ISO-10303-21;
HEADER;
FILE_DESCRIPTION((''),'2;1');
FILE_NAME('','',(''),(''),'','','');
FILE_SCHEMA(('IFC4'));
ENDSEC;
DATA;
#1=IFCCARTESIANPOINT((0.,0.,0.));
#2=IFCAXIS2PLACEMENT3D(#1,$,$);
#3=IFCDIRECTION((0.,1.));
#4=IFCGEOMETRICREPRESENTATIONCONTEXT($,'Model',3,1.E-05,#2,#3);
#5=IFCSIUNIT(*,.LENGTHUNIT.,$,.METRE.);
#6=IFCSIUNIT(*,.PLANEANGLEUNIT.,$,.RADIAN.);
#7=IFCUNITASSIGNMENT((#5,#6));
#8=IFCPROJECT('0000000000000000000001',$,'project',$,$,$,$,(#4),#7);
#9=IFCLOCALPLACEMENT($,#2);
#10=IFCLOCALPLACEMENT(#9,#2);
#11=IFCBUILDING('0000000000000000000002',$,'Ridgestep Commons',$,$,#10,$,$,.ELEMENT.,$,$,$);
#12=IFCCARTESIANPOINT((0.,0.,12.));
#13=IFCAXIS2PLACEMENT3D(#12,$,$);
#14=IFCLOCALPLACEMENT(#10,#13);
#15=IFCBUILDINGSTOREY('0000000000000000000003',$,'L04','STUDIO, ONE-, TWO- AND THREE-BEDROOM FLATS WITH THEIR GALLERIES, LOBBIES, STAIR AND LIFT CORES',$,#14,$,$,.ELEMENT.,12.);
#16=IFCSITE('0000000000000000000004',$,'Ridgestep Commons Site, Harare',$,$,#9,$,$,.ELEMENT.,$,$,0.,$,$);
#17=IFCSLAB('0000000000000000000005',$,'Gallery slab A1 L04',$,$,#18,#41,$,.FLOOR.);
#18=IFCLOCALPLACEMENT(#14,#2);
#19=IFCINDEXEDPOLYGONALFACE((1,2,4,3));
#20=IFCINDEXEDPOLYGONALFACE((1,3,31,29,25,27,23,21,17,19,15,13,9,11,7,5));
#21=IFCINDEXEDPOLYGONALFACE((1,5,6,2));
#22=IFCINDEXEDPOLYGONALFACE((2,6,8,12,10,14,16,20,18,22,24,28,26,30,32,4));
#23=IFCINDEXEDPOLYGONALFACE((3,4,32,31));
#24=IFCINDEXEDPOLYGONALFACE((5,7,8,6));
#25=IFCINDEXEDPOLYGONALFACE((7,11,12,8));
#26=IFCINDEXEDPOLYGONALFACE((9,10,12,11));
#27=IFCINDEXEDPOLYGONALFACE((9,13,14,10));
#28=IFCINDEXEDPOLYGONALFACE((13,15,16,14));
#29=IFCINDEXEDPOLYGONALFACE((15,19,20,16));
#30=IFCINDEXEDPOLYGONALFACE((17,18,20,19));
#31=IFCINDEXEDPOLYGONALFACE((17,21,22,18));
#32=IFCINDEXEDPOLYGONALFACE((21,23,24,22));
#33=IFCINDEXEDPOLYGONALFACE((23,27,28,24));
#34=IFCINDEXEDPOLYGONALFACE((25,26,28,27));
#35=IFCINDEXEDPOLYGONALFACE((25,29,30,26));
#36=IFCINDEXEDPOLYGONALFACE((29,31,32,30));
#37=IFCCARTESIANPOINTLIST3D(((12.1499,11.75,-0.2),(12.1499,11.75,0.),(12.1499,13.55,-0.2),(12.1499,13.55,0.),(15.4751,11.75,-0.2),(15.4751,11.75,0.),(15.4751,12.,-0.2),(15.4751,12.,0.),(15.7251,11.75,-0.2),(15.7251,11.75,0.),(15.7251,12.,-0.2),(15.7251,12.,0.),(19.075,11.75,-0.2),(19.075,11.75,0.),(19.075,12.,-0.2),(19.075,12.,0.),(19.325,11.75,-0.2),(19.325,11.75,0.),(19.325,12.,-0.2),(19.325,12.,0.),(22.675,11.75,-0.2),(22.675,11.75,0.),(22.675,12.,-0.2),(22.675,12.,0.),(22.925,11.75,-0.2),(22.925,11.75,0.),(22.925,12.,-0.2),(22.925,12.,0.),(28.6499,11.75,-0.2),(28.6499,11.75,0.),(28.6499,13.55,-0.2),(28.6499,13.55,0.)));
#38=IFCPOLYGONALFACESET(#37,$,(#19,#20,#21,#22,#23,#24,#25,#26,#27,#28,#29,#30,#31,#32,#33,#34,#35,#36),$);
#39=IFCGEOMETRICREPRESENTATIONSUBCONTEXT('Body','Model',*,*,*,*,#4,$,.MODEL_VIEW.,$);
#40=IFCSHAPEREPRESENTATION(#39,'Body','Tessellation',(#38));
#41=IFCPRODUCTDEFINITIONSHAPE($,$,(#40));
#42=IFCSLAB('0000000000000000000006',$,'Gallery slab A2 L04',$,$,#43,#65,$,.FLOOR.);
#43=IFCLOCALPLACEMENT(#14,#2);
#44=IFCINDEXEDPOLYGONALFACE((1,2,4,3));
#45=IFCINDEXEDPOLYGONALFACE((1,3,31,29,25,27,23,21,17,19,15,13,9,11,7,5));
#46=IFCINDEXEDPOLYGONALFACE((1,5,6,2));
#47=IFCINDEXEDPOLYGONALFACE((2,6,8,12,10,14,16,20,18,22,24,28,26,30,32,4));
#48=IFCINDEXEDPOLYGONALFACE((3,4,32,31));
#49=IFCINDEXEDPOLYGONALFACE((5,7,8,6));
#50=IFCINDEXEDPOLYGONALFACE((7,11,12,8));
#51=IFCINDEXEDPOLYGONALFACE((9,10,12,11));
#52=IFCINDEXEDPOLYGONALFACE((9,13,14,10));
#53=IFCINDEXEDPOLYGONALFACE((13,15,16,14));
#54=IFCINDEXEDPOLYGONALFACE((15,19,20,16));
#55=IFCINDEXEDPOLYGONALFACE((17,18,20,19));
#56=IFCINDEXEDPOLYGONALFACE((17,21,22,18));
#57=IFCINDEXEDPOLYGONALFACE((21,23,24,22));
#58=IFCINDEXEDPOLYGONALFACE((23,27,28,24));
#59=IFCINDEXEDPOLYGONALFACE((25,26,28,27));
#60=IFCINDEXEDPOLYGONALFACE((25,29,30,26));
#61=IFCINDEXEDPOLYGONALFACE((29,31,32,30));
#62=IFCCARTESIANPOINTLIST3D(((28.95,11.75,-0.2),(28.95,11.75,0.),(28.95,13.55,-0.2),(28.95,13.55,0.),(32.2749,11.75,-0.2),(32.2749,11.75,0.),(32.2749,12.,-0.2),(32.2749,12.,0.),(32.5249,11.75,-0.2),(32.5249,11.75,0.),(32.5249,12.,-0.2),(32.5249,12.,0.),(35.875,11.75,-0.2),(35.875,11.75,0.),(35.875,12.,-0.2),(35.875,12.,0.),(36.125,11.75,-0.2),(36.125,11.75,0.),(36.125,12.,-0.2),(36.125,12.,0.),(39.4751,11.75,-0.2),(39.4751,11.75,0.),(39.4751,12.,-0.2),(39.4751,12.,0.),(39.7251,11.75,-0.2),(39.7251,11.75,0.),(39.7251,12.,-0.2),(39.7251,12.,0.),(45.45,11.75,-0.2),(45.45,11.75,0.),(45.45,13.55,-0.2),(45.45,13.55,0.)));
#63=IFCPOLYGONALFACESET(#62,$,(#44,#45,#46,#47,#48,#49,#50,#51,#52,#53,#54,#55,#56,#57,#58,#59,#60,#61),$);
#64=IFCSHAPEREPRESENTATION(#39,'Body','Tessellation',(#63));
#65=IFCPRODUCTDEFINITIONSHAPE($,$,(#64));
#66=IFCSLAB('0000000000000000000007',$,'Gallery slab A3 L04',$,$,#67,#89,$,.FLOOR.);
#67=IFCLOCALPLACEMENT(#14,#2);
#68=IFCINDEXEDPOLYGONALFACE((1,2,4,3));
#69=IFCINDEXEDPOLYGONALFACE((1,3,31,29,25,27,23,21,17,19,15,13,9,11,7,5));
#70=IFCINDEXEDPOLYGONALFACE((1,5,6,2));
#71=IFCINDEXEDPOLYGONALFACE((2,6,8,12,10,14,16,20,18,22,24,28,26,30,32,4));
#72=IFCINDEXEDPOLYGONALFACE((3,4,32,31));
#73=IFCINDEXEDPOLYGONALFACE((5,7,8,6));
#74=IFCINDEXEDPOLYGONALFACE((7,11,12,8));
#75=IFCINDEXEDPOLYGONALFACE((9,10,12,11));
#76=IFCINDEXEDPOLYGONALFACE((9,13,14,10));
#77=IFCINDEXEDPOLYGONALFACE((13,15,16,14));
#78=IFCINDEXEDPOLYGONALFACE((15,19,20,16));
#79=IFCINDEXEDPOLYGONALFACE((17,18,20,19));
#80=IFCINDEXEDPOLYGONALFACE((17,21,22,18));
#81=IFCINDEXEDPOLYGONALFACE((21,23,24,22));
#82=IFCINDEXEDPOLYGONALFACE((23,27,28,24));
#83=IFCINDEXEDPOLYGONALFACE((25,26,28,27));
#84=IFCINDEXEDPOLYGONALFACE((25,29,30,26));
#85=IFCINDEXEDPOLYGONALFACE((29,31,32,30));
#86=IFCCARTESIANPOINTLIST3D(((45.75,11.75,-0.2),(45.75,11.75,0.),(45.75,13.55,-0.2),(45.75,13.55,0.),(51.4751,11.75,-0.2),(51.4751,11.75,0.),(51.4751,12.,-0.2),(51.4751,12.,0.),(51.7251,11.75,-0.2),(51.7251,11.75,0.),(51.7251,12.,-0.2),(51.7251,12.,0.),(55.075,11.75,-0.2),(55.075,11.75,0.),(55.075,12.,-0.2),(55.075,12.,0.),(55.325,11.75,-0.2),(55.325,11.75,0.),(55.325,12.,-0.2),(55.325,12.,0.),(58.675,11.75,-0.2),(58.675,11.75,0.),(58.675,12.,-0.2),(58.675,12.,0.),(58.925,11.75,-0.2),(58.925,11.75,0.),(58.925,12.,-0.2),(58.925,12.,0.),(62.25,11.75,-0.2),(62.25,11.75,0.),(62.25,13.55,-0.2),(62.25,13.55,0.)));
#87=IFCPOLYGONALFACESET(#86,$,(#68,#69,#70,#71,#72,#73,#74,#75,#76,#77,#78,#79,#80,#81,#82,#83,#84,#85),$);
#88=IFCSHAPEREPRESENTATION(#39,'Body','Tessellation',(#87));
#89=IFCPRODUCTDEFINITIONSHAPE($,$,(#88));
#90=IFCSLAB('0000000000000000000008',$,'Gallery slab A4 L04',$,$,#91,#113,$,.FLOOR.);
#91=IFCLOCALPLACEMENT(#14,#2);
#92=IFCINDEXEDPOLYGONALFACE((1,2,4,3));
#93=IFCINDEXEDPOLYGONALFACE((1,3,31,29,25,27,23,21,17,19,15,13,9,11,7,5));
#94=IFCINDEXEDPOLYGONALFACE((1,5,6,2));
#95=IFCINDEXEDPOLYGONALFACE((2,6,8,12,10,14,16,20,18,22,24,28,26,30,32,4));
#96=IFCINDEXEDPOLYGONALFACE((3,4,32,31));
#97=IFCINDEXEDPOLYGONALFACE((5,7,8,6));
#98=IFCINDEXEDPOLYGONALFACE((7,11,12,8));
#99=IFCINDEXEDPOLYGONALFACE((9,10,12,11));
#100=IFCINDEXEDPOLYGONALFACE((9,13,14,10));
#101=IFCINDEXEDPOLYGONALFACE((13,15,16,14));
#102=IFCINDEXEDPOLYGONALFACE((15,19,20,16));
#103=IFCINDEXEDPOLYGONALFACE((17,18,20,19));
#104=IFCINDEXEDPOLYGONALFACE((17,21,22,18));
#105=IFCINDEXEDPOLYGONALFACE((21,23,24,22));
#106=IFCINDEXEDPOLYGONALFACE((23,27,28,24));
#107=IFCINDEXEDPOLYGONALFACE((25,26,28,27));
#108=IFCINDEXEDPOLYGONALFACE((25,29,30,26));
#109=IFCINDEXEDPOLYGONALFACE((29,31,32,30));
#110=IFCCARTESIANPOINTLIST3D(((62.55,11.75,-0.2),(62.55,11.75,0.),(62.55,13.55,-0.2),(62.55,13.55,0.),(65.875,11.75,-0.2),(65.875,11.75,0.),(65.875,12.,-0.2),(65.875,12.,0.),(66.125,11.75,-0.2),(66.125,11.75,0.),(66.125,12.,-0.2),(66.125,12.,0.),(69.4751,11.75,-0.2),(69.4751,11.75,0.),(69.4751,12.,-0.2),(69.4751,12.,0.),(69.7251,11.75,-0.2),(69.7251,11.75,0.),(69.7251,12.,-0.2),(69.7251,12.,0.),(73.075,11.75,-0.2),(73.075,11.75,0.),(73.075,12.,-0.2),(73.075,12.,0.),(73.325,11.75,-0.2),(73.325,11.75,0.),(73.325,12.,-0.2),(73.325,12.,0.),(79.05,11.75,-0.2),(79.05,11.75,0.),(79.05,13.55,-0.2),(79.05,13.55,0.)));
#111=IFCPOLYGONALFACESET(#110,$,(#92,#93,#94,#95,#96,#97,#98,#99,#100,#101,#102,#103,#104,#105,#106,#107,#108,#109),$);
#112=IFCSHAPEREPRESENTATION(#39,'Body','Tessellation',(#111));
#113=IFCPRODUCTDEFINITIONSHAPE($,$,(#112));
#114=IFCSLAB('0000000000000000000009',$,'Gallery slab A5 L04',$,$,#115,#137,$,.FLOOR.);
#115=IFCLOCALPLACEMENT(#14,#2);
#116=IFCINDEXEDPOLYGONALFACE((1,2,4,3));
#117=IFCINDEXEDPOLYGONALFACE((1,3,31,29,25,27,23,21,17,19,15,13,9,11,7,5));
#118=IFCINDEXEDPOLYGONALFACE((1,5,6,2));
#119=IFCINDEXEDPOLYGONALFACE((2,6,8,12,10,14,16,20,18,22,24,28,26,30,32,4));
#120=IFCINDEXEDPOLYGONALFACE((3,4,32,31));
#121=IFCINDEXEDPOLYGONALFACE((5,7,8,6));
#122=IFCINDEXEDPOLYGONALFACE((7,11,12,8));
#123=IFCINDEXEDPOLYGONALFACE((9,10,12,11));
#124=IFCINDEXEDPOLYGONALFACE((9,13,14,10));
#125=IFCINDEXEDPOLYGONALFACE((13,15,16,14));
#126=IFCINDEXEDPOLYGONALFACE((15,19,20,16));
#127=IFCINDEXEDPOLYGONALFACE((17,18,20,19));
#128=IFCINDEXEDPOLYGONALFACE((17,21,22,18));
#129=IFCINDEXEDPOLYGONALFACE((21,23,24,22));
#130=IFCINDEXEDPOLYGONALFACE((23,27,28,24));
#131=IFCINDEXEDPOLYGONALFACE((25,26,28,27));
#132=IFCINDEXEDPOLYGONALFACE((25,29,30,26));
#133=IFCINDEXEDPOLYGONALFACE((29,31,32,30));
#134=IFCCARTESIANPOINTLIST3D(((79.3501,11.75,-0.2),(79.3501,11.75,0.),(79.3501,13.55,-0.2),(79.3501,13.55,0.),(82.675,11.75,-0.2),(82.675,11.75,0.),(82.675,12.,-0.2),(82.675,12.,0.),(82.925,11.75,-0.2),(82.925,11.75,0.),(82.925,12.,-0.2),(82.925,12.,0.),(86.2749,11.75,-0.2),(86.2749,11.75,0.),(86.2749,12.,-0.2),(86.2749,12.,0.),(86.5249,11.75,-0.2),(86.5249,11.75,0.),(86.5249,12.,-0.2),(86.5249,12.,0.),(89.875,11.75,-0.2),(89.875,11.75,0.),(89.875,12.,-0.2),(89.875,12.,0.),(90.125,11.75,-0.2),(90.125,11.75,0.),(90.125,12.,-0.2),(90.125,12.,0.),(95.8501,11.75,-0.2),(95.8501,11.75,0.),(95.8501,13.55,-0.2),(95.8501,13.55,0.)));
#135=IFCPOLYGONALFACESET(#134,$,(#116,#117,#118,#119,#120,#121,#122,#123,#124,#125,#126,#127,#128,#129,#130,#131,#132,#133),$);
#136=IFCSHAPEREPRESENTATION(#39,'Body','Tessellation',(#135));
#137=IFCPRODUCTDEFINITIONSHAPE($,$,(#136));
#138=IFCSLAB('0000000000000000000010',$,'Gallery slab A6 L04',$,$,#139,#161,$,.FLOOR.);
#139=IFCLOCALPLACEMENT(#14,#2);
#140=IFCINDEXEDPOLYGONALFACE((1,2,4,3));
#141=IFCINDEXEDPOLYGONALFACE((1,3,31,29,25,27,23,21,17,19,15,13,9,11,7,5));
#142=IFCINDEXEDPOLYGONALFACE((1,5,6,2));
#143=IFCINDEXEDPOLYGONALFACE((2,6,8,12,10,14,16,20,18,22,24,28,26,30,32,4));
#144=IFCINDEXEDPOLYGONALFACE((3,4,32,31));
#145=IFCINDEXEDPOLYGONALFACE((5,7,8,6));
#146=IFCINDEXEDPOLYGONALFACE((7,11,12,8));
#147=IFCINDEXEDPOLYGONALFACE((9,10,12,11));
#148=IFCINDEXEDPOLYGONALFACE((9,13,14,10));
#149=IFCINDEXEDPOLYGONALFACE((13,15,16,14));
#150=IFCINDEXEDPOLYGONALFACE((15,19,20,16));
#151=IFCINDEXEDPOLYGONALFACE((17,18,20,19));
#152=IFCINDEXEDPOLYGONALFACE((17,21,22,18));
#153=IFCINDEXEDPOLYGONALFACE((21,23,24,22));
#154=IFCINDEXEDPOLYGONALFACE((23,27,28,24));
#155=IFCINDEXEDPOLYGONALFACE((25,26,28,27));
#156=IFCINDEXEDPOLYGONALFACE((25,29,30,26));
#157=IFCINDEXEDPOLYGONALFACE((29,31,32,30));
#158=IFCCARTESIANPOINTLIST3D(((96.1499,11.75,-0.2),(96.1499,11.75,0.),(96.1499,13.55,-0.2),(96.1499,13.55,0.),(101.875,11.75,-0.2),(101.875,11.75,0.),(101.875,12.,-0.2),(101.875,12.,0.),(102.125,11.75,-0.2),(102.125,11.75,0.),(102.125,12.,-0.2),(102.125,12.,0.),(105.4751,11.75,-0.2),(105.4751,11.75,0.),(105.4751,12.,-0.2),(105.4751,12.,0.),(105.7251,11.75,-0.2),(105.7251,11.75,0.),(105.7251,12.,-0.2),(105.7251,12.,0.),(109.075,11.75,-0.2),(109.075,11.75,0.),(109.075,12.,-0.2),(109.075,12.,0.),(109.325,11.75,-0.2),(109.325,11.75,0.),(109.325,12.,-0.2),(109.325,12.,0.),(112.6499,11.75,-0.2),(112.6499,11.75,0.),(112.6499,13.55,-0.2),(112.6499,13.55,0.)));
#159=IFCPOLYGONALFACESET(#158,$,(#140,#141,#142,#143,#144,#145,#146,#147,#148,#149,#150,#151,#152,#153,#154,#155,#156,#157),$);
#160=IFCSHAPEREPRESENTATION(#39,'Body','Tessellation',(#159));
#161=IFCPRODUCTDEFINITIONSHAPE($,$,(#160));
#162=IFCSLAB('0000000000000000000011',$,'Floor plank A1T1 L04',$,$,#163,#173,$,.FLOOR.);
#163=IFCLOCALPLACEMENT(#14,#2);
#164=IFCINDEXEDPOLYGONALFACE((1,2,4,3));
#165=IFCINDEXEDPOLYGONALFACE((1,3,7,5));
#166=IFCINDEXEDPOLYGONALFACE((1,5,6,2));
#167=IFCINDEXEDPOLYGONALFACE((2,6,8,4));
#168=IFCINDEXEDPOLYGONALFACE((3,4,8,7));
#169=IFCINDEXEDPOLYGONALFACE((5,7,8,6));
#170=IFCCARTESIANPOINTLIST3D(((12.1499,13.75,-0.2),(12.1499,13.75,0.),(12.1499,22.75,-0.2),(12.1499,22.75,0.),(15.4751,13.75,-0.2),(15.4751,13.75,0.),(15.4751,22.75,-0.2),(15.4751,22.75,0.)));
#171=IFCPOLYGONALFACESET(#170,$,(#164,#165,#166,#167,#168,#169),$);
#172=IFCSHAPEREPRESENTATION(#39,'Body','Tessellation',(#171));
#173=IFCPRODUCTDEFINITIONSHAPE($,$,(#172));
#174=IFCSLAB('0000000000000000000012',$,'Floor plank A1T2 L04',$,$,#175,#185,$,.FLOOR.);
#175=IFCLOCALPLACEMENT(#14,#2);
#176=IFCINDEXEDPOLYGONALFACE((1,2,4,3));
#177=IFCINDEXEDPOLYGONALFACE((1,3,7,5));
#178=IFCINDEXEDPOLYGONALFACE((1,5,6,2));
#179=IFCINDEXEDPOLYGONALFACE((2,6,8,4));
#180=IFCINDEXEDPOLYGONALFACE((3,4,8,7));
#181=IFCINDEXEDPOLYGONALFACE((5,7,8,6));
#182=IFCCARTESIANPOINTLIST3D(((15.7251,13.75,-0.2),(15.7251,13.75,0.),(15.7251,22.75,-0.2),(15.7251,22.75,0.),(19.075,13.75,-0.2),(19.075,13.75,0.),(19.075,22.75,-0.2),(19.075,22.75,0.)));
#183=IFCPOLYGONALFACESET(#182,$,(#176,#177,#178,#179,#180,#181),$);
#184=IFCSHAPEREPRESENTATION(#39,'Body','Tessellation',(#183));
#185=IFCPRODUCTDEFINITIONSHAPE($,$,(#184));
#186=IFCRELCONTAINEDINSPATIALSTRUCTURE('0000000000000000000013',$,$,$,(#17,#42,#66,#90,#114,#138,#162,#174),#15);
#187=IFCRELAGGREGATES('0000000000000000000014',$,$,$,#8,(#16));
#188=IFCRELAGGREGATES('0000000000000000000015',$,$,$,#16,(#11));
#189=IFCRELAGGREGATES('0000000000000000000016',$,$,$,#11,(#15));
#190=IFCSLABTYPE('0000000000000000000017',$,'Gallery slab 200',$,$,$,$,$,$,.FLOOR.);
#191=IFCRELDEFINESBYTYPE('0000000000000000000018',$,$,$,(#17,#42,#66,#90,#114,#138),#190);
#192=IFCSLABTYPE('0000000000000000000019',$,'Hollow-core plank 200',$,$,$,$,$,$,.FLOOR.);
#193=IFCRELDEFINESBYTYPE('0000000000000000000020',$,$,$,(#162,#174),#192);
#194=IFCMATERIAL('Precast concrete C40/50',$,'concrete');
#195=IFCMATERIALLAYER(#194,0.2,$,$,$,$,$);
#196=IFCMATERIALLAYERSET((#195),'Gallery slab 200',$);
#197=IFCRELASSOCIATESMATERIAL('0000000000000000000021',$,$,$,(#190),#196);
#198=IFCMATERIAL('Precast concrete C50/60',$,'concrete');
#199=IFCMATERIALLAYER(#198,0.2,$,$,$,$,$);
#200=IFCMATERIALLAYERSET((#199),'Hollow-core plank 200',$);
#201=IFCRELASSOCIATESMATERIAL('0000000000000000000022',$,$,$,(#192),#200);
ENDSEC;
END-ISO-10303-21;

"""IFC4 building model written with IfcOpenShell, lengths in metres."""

from ifc_helpers import new_model, si_unit, direction, frame, origin, place, context, subcontext, project, spatial, polyline, outline, extrude, material, layer, layer_set, type_object, element, save


model = new_model("IFC4")

# Units and contexts
model_context = context("Model", 3, precision=1e-05, world=origin(), true_north=direction((0.0, 1.0)))
body_context = subcontext(model_context, "Body", "Model", "MODEL_VIEW")
ifc_project = project(units=[si_unit("LENGTHUNIT", "METRE"), si_unit("PLANEANGLEUNIT", "RADIAN")], contexts=[model_context])

# Site, building, storey
site_placement = place(None, origin())
site = spatial("IfcSite", under=ifc_project, at=site_placement, Name="Ridgestep Commons Site, Harare", CompositionType="ELEMENT", RefElevation=0.0)
building_placement = place(site_placement, origin())
building = spatial("IfcBuilding", under=site, at=building_placement, Name="Ridgestep Commons", CompositionType="ELEMENT")
storey_placement = place(building_placement, frame((0.0, 0.0, 12.0)))
storey = spatial("IfcBuildingStorey", under=building, at=storey_placement, Name="L04", Description="STUDIO, ONE-, TWO- AND THREE-BEDROOM FLATS WITH THEIR GALLERIES, LOBBIES, STAIR AND LIFT CORES", CompositionType="ELEMENT", Elevation=12.0)

# Slabs
ifc_material_1 = material(Name="Precast concrete C40/50", Category="concrete")
ifc_layer_1 = layer(ifc_material_1, 0.2)
ifc_layer_set_1 = layer_set([ifc_layer_1], Name="Gallery slab 200")
slab_type_1 = type_object("IfcSlabType", Name="Gallery slab 200", PredefinedType="FLOOR", material=ifc_layer_set_1)
slab_1_placement = place(storey_placement, frame((0.0, 0.0, -0.2)))
element("IfcSlab", 1, at=slab_1_placement, inside=storey, type_object=slab_type_1, Name="Gallery slab A1 L04", PredefinedType="FLOOR", context=body_context, shape_type="SweptSolid", body=[
    extrude(outline(polyline([(28.6499, 13.55), (12.1499, 13.55), (12.1499, 11.75), (15.4751, 11.75), (15.4751, 12.0), (15.7251, 12.0), (15.7251, 11.75), (19.075, 11.75), (19.075, 12.0), (19.325, 12.0), (19.325, 11.75), (22.675, 11.75), (22.675, 12.0), (22.925, 12.0), (22.925, 11.75), (28.6499, 11.75), (28.6499, 13.55)])), origin(), (0.0, 0.0, 1.0), 0.2),
])
slab_2_placement = place(storey_placement, frame((0.0, 0.0, -0.2)))
element("IfcSlab", 2, at=slab_2_placement, inside=storey, type_object=slab_type_1, Name="Gallery slab A2 L04", PredefinedType="FLOOR", context=body_context, shape_type="SweptSolid", body=[
    extrude(outline(polyline([(45.45, 13.55), (28.95, 13.55), (28.95, 11.75), (32.2749, 11.75), (32.2749, 12.0), (32.5249, 12.0), (32.5249, 11.75), (35.875, 11.75), (35.875, 12.0), (36.125, 12.0), (36.125, 11.75), (39.4751, 11.75), (39.4751, 12.0), (39.7251, 12.0), (39.7251, 11.75), (45.45, 11.75), (45.45, 13.55)])), origin(), (0.0, 0.0, 1.0), 0.2),
])
slab_3_placement = place(storey_placement, frame((0.0, 0.0, -0.2)))
element("IfcSlab", 3, at=slab_3_placement, inside=storey, type_object=slab_type_1, Name="Gallery slab A3 L04", PredefinedType="FLOOR", context=body_context, shape_type="SweptSolid", body=[
    extrude(outline(polyline([(62.25, 13.55), (45.75, 13.55), (45.75, 11.75), (51.4751, 11.75), (51.4751, 12.0), (51.7251, 12.0), (51.7251, 11.75), (55.075, 11.75), (55.075, 12.0), (55.325, 12.0), (55.325, 11.75), (58.675, 11.75), (58.675, 12.0), (58.925, 12.0), (58.925, 11.75), (62.25, 11.75), (62.25, 13.55)])), origin(), (0.0, 0.0, 1.0), 0.2),
])
slab_4_placement = place(storey_placement, frame((0.0, 0.0, -0.2)))
element("IfcSlab", 4, at=slab_4_placement, inside=storey, type_object=slab_type_1, Name="Gallery slab A4 L04", PredefinedType="FLOOR", context=body_context, shape_type="SweptSolid", body=[
    extrude(outline(polyline([(79.05, 13.55), (62.55, 13.55), (62.55, 11.75), (65.875, 11.75), (65.875, 12.0), (66.125, 12.0), (66.125, 11.75), (69.4751, 11.75), (69.4751, 12.0), (69.7251, 12.0), (69.7251, 11.75), (73.075, 11.75), (73.075, 12.0), (73.325, 12.0), (73.325, 11.75), (79.05, 11.75), (79.05, 13.55)])), origin(), (0.0, 0.0, 1.0), 0.2),
])
slab_5_placement = place(storey_placement, frame((0.0, 0.0, -0.2)))
element("IfcSlab", 5, at=slab_5_placement, inside=storey, type_object=slab_type_1, Name="Gallery slab A5 L04", PredefinedType="FLOOR", context=body_context, shape_type="SweptSolid", body=[
    extrude(outline(polyline([(95.8501, 13.55), (79.3501, 13.55), (79.3501, 11.75), (82.675, 11.75), (82.675, 12.0), (82.925, 12.0), (82.925, 11.75), (86.2749, 11.75), (86.2749, 12.0), (86.5249, 12.0), (86.5249, 11.75), (89.875, 11.75), (89.875, 12.0), (90.125, 12.0), (90.125, 11.75), (95.8501, 11.75), (95.8501, 13.55)])), origin(), (0.0, 0.0, 1.0), 0.2),
])
slab_6_placement = place(storey_placement, frame((0.0, 0.0, -0.2)))
element("IfcSlab", 6, at=slab_6_placement, inside=storey, type_object=slab_type_1, Name="Gallery slab A6 L04", PredefinedType="FLOOR", context=body_context, shape_type="SweptSolid", body=[
    extrude(outline(polyline([(112.6499, 13.55), (96.1499, 13.55), (96.1499, 11.75), (101.875, 11.75), (101.875, 12.0), (102.125, 12.0), (102.125, 11.75), (105.4751, 11.75), (105.4751, 12.0), (105.7251, 12.0), (105.7251, 11.75), (109.075, 11.75), (109.075, 12.0), (109.325, 12.0), (109.325, 11.75), (112.6499, 11.75), (112.6499, 13.55)])), origin(), (0.0, 0.0, 1.0), 0.2),
])
ifc_material_2 = material(Name="Precast concrete C50/60", Category="concrete")
ifc_layer_2 = layer(ifc_material_2, 0.2)
ifc_layer_set_2 = layer_set([ifc_layer_2], Name="Hollow-core plank 200")
slab_type_2 = type_object("IfcSlabType", Name="Hollow-core plank 200", PredefinedType="FLOOR", material=ifc_layer_set_2)
slab_7_placement = place(storey_placement, frame((0.0, 0.0, -0.2)))
element("IfcSlab", 7, at=slab_7_placement, inside=storey, type_object=slab_type_2, Name="Floor plank A1T1 L04", PredefinedType="FLOOR", context=body_context, shape_type="SweptSolid", body=[
    extrude(outline(polyline([(15.4751, 13.75), (15.4751, 22.75), (12.1499, 22.75), (12.1499, 13.75), (15.4751, 13.75)])), origin(), (0.0, 0.0, 1.0), 0.2),
])
slab_8_placement = place(storey_placement, frame((0.0, 0.0, -0.2)))
element("IfcSlab", 8, at=slab_8_placement, inside=storey, type_object=slab_type_2, Name="Floor plank A1T2 L04", PredefinedType="FLOOR", context=body_context, shape_type="SweptSolid", body=[
    extrude(outline(polyline([(19.075, 13.75), (19.075, 22.75), (15.7251, 22.75), (15.7251, 13.75), (19.075, 13.75)])), origin(), (0.0, 0.0, 1.0), 0.2),
])

save(model, "model.ifc")
